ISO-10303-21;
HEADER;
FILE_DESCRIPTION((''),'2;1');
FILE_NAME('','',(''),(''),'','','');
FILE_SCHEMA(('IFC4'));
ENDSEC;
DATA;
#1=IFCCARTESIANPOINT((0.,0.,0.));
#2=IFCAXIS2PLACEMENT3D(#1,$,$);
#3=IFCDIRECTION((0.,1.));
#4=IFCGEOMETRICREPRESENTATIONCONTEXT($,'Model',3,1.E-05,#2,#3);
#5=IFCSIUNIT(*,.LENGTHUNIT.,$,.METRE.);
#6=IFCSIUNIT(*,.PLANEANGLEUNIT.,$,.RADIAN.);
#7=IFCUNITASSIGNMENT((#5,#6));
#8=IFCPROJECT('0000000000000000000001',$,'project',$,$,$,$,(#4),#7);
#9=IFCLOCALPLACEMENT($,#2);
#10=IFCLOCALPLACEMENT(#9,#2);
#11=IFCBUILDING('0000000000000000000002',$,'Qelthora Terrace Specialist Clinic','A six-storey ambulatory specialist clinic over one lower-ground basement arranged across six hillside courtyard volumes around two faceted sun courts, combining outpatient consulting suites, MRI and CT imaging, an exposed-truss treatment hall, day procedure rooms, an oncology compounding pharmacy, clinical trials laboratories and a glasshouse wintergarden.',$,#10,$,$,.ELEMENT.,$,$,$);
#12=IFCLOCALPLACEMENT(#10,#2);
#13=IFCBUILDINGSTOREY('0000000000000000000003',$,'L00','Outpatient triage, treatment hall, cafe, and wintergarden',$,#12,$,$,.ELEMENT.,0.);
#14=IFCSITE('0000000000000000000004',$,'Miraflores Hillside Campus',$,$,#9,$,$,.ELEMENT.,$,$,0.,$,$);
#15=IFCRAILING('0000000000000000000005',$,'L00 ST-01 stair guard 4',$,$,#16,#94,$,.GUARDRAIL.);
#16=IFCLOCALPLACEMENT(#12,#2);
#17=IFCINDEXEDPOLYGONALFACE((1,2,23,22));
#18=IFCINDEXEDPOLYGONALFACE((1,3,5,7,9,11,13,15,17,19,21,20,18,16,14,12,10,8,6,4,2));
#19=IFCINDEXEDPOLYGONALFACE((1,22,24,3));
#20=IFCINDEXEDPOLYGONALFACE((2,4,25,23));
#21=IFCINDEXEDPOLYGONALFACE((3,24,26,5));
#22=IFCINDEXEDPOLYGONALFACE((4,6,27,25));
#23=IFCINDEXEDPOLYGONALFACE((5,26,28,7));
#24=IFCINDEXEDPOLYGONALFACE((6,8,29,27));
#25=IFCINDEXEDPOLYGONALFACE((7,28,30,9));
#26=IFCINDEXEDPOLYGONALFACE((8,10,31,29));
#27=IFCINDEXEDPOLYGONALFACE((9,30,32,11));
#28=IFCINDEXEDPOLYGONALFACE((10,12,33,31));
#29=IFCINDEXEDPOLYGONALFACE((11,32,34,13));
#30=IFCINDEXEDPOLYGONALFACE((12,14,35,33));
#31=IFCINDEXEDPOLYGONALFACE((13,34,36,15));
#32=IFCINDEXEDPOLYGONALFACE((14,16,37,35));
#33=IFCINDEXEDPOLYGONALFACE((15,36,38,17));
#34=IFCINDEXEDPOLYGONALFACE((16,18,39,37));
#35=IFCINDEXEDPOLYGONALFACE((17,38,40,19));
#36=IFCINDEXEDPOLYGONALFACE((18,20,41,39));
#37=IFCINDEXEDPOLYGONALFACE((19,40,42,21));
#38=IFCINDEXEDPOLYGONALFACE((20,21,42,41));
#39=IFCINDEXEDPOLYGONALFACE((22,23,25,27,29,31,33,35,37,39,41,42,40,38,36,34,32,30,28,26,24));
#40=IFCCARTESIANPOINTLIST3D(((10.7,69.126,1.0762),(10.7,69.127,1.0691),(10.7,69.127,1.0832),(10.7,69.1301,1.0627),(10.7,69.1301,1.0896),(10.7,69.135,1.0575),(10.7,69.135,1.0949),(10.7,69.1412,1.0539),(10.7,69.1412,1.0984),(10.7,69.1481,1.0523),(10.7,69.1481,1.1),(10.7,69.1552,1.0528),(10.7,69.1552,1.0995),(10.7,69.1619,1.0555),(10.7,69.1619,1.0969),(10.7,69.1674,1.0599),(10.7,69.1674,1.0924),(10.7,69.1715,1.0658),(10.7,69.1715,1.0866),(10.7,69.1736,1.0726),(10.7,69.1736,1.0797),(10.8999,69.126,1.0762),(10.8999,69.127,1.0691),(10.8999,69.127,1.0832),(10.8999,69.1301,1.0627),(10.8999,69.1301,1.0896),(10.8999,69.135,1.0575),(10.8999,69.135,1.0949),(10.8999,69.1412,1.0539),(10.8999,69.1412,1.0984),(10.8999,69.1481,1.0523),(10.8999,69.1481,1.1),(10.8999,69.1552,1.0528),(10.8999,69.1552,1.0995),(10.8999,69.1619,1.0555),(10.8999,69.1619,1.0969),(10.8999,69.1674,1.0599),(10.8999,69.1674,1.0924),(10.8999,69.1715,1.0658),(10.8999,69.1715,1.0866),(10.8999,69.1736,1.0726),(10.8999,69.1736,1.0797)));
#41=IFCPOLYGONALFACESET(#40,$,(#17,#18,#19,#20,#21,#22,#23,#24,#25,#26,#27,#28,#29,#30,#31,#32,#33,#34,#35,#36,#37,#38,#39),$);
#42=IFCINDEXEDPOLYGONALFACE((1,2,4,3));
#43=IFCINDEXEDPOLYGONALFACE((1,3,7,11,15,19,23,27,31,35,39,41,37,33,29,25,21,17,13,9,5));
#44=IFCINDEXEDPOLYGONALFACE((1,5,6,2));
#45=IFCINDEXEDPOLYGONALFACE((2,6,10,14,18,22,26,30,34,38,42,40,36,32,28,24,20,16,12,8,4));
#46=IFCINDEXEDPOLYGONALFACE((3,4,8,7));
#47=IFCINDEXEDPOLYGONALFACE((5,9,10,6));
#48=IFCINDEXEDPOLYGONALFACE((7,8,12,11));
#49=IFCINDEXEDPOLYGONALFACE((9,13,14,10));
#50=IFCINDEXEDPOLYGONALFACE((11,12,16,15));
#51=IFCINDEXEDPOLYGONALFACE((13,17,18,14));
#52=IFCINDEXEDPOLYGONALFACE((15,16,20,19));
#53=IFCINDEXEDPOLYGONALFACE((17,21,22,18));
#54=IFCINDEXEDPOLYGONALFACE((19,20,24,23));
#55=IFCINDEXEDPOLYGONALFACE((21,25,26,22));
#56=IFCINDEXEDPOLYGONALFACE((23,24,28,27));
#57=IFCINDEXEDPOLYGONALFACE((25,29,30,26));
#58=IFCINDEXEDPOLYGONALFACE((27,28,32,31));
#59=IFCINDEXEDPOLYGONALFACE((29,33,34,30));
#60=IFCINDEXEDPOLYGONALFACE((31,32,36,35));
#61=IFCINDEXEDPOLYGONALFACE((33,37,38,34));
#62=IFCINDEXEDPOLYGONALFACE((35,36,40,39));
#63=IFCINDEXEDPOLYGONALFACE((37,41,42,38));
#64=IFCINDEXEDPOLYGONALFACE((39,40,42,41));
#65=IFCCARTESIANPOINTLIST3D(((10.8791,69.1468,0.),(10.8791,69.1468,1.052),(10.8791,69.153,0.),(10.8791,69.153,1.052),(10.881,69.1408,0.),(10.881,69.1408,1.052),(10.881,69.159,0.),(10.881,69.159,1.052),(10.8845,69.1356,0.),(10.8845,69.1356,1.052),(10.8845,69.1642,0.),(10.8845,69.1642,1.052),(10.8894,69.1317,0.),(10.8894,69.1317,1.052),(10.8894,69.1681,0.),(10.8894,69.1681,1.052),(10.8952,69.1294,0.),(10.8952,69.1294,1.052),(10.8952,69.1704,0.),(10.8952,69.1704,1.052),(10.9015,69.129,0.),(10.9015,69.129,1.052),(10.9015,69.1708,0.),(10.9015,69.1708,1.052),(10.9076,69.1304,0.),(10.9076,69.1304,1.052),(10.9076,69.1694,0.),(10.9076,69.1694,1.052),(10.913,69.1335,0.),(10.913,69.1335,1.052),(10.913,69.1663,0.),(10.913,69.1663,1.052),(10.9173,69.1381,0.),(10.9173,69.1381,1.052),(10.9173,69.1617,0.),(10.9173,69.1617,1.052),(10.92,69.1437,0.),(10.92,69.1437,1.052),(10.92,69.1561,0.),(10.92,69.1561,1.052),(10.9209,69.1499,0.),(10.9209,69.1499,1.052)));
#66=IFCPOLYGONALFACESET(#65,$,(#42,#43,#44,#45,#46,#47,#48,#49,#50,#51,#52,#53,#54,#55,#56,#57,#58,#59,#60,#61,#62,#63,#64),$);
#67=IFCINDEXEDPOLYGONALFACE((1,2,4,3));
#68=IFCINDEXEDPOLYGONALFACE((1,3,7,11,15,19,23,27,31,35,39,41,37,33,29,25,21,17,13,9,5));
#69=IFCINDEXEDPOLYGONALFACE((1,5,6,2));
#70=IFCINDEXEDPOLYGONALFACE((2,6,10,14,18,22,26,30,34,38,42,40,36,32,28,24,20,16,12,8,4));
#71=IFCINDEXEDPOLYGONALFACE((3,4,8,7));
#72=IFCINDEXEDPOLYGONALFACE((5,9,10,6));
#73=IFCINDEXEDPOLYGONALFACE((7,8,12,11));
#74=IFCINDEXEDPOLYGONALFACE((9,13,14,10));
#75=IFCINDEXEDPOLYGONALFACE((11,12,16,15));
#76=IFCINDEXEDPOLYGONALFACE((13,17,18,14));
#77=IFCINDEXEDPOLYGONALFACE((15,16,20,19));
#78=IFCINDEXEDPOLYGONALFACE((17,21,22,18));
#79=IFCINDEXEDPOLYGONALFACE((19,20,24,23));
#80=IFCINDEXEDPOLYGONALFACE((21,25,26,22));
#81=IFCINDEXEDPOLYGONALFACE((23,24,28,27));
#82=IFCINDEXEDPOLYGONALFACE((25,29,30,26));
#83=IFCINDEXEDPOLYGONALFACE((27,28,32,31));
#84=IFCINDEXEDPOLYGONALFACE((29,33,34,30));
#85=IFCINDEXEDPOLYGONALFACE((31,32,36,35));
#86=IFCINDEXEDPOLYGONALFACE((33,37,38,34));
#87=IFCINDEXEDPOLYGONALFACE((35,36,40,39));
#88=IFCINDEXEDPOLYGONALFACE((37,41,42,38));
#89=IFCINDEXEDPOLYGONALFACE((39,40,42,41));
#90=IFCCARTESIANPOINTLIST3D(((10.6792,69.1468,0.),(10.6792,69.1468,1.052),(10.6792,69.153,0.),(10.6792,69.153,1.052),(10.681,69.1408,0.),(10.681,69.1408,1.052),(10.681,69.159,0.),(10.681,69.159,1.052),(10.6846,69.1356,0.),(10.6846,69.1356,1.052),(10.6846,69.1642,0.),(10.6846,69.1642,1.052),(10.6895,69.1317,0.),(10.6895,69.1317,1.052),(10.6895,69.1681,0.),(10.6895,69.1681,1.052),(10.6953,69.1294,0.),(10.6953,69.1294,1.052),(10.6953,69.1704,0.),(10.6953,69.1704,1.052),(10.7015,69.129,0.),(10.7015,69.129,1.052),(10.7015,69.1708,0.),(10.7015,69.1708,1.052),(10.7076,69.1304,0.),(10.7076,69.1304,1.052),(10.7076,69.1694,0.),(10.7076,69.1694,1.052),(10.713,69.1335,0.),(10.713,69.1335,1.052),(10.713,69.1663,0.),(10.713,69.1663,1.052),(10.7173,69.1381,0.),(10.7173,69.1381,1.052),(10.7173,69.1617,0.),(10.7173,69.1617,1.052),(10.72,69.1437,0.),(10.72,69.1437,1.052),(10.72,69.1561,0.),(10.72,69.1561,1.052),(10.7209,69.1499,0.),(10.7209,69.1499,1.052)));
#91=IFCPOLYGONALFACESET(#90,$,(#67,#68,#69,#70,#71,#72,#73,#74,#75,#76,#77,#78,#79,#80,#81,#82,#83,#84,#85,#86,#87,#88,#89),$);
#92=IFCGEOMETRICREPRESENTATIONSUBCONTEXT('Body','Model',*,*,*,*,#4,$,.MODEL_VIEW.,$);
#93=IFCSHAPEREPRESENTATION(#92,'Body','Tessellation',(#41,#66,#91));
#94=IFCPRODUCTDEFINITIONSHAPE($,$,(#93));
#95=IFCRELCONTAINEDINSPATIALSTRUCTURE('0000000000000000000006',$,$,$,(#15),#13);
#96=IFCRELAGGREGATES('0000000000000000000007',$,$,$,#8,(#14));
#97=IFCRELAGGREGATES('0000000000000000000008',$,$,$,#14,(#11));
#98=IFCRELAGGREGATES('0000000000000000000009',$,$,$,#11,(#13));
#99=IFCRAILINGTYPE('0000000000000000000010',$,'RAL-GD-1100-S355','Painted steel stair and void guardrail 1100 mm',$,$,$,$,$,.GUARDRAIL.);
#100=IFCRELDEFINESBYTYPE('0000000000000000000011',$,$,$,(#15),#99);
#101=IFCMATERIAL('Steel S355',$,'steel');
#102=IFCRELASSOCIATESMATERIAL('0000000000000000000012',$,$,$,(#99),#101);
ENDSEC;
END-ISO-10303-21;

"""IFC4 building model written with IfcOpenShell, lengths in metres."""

from ifc_helpers import new_model, si_unit, direction, frame, origin, origin_2d, place, context, subcontext, project, spatial, circle, extrude, material, type_object, element, save


model = new_model("IFC4")

# Units and contexts
model_context = context("Model", 3, precision=1e-05, world=origin(), true_north=direction((0.0, 1.0)))
body_context = subcontext(model_context, "Body", "Model", "MODEL_VIEW")
ifc_project = project(units=[si_unit("LENGTHUNIT", "METRE"), si_unit("PLANEANGLEUNIT", "RADIAN")], contexts=[model_context])

# Site, building, storey
site_placement = place(None, origin())
site = spatial("IfcSite", under=ifc_project, at=site_placement, Name="Miraflores Hillside Campus", CompositionType="ELEMENT", RefElevation=0.0)
building_placement = place(site_placement, origin())
building = spatial("IfcBuilding", under=site, at=building_placement, Name="Qelthora Terrace Specialist Clinic", Description="A six-storey ambulatory specialist clinic over one lower-ground basement arranged across six hillside courtyard volumes around two faceted sun courts, combining outpatient consulting suites, MRI and CT imaging, an exposed-truss treatment hall, day procedure rooms, an oncology compounding pharmacy, clinical trials laboratories and a glasshouse wintergarden.", CompositionType="ELEMENT")
storey_placement = place(building_placement, origin())
storey = spatial("IfcBuildingStorey", under=building, at=storey_placement, Name="L00", Description="Outpatient triage, treatment hall, cafe, and wintergarden", CompositionType="ELEMENT", Elevation=0.0)

# Shared definitions
ifc_material_1 = material(Name="Steel S355", Category="steel")

# Railing
railing_type_1 = type_object("IfcRailingType", Name="RAL-GD-1100-S355", Description="Painted steel stair and void guardrail 1100 mm", PredefinedType="GUARDRAIL", material=ifc_material_1)
railing_1_placement = place(storey_placement, frame((10.8999, 69.1499, 0.0)))
element("IfcRailing", 1, at=railing_1_placement, inside=storey, type_object=railing_type_1, Name="L00 ST-01 stair guard 4", PredefinedType="GUARDRAIL", context=body_context, shape_type="SweptSolid", body=[
    extrude(circle(Radius=0.0239, at=origin_2d()), frame((0.0, 0.0, 1.0762), z_axis=(-1.0, 0.0, 0.0), x_axis=(0.0, -1.0, 0.0)), (0.0, 0.0, 1.0), 0.2),
    extrude(circle(Radius=0.021, at=origin_2d()), origin(), (0.0, 0.0, 1.0), 1.052),
    extrude(circle(Radius=0.021, at=origin_2d()), frame((-0.2, 0.0, 0.0)), (0.0, 0.0, 1.0), 1.052),
])

save(model, "model.ifc")
